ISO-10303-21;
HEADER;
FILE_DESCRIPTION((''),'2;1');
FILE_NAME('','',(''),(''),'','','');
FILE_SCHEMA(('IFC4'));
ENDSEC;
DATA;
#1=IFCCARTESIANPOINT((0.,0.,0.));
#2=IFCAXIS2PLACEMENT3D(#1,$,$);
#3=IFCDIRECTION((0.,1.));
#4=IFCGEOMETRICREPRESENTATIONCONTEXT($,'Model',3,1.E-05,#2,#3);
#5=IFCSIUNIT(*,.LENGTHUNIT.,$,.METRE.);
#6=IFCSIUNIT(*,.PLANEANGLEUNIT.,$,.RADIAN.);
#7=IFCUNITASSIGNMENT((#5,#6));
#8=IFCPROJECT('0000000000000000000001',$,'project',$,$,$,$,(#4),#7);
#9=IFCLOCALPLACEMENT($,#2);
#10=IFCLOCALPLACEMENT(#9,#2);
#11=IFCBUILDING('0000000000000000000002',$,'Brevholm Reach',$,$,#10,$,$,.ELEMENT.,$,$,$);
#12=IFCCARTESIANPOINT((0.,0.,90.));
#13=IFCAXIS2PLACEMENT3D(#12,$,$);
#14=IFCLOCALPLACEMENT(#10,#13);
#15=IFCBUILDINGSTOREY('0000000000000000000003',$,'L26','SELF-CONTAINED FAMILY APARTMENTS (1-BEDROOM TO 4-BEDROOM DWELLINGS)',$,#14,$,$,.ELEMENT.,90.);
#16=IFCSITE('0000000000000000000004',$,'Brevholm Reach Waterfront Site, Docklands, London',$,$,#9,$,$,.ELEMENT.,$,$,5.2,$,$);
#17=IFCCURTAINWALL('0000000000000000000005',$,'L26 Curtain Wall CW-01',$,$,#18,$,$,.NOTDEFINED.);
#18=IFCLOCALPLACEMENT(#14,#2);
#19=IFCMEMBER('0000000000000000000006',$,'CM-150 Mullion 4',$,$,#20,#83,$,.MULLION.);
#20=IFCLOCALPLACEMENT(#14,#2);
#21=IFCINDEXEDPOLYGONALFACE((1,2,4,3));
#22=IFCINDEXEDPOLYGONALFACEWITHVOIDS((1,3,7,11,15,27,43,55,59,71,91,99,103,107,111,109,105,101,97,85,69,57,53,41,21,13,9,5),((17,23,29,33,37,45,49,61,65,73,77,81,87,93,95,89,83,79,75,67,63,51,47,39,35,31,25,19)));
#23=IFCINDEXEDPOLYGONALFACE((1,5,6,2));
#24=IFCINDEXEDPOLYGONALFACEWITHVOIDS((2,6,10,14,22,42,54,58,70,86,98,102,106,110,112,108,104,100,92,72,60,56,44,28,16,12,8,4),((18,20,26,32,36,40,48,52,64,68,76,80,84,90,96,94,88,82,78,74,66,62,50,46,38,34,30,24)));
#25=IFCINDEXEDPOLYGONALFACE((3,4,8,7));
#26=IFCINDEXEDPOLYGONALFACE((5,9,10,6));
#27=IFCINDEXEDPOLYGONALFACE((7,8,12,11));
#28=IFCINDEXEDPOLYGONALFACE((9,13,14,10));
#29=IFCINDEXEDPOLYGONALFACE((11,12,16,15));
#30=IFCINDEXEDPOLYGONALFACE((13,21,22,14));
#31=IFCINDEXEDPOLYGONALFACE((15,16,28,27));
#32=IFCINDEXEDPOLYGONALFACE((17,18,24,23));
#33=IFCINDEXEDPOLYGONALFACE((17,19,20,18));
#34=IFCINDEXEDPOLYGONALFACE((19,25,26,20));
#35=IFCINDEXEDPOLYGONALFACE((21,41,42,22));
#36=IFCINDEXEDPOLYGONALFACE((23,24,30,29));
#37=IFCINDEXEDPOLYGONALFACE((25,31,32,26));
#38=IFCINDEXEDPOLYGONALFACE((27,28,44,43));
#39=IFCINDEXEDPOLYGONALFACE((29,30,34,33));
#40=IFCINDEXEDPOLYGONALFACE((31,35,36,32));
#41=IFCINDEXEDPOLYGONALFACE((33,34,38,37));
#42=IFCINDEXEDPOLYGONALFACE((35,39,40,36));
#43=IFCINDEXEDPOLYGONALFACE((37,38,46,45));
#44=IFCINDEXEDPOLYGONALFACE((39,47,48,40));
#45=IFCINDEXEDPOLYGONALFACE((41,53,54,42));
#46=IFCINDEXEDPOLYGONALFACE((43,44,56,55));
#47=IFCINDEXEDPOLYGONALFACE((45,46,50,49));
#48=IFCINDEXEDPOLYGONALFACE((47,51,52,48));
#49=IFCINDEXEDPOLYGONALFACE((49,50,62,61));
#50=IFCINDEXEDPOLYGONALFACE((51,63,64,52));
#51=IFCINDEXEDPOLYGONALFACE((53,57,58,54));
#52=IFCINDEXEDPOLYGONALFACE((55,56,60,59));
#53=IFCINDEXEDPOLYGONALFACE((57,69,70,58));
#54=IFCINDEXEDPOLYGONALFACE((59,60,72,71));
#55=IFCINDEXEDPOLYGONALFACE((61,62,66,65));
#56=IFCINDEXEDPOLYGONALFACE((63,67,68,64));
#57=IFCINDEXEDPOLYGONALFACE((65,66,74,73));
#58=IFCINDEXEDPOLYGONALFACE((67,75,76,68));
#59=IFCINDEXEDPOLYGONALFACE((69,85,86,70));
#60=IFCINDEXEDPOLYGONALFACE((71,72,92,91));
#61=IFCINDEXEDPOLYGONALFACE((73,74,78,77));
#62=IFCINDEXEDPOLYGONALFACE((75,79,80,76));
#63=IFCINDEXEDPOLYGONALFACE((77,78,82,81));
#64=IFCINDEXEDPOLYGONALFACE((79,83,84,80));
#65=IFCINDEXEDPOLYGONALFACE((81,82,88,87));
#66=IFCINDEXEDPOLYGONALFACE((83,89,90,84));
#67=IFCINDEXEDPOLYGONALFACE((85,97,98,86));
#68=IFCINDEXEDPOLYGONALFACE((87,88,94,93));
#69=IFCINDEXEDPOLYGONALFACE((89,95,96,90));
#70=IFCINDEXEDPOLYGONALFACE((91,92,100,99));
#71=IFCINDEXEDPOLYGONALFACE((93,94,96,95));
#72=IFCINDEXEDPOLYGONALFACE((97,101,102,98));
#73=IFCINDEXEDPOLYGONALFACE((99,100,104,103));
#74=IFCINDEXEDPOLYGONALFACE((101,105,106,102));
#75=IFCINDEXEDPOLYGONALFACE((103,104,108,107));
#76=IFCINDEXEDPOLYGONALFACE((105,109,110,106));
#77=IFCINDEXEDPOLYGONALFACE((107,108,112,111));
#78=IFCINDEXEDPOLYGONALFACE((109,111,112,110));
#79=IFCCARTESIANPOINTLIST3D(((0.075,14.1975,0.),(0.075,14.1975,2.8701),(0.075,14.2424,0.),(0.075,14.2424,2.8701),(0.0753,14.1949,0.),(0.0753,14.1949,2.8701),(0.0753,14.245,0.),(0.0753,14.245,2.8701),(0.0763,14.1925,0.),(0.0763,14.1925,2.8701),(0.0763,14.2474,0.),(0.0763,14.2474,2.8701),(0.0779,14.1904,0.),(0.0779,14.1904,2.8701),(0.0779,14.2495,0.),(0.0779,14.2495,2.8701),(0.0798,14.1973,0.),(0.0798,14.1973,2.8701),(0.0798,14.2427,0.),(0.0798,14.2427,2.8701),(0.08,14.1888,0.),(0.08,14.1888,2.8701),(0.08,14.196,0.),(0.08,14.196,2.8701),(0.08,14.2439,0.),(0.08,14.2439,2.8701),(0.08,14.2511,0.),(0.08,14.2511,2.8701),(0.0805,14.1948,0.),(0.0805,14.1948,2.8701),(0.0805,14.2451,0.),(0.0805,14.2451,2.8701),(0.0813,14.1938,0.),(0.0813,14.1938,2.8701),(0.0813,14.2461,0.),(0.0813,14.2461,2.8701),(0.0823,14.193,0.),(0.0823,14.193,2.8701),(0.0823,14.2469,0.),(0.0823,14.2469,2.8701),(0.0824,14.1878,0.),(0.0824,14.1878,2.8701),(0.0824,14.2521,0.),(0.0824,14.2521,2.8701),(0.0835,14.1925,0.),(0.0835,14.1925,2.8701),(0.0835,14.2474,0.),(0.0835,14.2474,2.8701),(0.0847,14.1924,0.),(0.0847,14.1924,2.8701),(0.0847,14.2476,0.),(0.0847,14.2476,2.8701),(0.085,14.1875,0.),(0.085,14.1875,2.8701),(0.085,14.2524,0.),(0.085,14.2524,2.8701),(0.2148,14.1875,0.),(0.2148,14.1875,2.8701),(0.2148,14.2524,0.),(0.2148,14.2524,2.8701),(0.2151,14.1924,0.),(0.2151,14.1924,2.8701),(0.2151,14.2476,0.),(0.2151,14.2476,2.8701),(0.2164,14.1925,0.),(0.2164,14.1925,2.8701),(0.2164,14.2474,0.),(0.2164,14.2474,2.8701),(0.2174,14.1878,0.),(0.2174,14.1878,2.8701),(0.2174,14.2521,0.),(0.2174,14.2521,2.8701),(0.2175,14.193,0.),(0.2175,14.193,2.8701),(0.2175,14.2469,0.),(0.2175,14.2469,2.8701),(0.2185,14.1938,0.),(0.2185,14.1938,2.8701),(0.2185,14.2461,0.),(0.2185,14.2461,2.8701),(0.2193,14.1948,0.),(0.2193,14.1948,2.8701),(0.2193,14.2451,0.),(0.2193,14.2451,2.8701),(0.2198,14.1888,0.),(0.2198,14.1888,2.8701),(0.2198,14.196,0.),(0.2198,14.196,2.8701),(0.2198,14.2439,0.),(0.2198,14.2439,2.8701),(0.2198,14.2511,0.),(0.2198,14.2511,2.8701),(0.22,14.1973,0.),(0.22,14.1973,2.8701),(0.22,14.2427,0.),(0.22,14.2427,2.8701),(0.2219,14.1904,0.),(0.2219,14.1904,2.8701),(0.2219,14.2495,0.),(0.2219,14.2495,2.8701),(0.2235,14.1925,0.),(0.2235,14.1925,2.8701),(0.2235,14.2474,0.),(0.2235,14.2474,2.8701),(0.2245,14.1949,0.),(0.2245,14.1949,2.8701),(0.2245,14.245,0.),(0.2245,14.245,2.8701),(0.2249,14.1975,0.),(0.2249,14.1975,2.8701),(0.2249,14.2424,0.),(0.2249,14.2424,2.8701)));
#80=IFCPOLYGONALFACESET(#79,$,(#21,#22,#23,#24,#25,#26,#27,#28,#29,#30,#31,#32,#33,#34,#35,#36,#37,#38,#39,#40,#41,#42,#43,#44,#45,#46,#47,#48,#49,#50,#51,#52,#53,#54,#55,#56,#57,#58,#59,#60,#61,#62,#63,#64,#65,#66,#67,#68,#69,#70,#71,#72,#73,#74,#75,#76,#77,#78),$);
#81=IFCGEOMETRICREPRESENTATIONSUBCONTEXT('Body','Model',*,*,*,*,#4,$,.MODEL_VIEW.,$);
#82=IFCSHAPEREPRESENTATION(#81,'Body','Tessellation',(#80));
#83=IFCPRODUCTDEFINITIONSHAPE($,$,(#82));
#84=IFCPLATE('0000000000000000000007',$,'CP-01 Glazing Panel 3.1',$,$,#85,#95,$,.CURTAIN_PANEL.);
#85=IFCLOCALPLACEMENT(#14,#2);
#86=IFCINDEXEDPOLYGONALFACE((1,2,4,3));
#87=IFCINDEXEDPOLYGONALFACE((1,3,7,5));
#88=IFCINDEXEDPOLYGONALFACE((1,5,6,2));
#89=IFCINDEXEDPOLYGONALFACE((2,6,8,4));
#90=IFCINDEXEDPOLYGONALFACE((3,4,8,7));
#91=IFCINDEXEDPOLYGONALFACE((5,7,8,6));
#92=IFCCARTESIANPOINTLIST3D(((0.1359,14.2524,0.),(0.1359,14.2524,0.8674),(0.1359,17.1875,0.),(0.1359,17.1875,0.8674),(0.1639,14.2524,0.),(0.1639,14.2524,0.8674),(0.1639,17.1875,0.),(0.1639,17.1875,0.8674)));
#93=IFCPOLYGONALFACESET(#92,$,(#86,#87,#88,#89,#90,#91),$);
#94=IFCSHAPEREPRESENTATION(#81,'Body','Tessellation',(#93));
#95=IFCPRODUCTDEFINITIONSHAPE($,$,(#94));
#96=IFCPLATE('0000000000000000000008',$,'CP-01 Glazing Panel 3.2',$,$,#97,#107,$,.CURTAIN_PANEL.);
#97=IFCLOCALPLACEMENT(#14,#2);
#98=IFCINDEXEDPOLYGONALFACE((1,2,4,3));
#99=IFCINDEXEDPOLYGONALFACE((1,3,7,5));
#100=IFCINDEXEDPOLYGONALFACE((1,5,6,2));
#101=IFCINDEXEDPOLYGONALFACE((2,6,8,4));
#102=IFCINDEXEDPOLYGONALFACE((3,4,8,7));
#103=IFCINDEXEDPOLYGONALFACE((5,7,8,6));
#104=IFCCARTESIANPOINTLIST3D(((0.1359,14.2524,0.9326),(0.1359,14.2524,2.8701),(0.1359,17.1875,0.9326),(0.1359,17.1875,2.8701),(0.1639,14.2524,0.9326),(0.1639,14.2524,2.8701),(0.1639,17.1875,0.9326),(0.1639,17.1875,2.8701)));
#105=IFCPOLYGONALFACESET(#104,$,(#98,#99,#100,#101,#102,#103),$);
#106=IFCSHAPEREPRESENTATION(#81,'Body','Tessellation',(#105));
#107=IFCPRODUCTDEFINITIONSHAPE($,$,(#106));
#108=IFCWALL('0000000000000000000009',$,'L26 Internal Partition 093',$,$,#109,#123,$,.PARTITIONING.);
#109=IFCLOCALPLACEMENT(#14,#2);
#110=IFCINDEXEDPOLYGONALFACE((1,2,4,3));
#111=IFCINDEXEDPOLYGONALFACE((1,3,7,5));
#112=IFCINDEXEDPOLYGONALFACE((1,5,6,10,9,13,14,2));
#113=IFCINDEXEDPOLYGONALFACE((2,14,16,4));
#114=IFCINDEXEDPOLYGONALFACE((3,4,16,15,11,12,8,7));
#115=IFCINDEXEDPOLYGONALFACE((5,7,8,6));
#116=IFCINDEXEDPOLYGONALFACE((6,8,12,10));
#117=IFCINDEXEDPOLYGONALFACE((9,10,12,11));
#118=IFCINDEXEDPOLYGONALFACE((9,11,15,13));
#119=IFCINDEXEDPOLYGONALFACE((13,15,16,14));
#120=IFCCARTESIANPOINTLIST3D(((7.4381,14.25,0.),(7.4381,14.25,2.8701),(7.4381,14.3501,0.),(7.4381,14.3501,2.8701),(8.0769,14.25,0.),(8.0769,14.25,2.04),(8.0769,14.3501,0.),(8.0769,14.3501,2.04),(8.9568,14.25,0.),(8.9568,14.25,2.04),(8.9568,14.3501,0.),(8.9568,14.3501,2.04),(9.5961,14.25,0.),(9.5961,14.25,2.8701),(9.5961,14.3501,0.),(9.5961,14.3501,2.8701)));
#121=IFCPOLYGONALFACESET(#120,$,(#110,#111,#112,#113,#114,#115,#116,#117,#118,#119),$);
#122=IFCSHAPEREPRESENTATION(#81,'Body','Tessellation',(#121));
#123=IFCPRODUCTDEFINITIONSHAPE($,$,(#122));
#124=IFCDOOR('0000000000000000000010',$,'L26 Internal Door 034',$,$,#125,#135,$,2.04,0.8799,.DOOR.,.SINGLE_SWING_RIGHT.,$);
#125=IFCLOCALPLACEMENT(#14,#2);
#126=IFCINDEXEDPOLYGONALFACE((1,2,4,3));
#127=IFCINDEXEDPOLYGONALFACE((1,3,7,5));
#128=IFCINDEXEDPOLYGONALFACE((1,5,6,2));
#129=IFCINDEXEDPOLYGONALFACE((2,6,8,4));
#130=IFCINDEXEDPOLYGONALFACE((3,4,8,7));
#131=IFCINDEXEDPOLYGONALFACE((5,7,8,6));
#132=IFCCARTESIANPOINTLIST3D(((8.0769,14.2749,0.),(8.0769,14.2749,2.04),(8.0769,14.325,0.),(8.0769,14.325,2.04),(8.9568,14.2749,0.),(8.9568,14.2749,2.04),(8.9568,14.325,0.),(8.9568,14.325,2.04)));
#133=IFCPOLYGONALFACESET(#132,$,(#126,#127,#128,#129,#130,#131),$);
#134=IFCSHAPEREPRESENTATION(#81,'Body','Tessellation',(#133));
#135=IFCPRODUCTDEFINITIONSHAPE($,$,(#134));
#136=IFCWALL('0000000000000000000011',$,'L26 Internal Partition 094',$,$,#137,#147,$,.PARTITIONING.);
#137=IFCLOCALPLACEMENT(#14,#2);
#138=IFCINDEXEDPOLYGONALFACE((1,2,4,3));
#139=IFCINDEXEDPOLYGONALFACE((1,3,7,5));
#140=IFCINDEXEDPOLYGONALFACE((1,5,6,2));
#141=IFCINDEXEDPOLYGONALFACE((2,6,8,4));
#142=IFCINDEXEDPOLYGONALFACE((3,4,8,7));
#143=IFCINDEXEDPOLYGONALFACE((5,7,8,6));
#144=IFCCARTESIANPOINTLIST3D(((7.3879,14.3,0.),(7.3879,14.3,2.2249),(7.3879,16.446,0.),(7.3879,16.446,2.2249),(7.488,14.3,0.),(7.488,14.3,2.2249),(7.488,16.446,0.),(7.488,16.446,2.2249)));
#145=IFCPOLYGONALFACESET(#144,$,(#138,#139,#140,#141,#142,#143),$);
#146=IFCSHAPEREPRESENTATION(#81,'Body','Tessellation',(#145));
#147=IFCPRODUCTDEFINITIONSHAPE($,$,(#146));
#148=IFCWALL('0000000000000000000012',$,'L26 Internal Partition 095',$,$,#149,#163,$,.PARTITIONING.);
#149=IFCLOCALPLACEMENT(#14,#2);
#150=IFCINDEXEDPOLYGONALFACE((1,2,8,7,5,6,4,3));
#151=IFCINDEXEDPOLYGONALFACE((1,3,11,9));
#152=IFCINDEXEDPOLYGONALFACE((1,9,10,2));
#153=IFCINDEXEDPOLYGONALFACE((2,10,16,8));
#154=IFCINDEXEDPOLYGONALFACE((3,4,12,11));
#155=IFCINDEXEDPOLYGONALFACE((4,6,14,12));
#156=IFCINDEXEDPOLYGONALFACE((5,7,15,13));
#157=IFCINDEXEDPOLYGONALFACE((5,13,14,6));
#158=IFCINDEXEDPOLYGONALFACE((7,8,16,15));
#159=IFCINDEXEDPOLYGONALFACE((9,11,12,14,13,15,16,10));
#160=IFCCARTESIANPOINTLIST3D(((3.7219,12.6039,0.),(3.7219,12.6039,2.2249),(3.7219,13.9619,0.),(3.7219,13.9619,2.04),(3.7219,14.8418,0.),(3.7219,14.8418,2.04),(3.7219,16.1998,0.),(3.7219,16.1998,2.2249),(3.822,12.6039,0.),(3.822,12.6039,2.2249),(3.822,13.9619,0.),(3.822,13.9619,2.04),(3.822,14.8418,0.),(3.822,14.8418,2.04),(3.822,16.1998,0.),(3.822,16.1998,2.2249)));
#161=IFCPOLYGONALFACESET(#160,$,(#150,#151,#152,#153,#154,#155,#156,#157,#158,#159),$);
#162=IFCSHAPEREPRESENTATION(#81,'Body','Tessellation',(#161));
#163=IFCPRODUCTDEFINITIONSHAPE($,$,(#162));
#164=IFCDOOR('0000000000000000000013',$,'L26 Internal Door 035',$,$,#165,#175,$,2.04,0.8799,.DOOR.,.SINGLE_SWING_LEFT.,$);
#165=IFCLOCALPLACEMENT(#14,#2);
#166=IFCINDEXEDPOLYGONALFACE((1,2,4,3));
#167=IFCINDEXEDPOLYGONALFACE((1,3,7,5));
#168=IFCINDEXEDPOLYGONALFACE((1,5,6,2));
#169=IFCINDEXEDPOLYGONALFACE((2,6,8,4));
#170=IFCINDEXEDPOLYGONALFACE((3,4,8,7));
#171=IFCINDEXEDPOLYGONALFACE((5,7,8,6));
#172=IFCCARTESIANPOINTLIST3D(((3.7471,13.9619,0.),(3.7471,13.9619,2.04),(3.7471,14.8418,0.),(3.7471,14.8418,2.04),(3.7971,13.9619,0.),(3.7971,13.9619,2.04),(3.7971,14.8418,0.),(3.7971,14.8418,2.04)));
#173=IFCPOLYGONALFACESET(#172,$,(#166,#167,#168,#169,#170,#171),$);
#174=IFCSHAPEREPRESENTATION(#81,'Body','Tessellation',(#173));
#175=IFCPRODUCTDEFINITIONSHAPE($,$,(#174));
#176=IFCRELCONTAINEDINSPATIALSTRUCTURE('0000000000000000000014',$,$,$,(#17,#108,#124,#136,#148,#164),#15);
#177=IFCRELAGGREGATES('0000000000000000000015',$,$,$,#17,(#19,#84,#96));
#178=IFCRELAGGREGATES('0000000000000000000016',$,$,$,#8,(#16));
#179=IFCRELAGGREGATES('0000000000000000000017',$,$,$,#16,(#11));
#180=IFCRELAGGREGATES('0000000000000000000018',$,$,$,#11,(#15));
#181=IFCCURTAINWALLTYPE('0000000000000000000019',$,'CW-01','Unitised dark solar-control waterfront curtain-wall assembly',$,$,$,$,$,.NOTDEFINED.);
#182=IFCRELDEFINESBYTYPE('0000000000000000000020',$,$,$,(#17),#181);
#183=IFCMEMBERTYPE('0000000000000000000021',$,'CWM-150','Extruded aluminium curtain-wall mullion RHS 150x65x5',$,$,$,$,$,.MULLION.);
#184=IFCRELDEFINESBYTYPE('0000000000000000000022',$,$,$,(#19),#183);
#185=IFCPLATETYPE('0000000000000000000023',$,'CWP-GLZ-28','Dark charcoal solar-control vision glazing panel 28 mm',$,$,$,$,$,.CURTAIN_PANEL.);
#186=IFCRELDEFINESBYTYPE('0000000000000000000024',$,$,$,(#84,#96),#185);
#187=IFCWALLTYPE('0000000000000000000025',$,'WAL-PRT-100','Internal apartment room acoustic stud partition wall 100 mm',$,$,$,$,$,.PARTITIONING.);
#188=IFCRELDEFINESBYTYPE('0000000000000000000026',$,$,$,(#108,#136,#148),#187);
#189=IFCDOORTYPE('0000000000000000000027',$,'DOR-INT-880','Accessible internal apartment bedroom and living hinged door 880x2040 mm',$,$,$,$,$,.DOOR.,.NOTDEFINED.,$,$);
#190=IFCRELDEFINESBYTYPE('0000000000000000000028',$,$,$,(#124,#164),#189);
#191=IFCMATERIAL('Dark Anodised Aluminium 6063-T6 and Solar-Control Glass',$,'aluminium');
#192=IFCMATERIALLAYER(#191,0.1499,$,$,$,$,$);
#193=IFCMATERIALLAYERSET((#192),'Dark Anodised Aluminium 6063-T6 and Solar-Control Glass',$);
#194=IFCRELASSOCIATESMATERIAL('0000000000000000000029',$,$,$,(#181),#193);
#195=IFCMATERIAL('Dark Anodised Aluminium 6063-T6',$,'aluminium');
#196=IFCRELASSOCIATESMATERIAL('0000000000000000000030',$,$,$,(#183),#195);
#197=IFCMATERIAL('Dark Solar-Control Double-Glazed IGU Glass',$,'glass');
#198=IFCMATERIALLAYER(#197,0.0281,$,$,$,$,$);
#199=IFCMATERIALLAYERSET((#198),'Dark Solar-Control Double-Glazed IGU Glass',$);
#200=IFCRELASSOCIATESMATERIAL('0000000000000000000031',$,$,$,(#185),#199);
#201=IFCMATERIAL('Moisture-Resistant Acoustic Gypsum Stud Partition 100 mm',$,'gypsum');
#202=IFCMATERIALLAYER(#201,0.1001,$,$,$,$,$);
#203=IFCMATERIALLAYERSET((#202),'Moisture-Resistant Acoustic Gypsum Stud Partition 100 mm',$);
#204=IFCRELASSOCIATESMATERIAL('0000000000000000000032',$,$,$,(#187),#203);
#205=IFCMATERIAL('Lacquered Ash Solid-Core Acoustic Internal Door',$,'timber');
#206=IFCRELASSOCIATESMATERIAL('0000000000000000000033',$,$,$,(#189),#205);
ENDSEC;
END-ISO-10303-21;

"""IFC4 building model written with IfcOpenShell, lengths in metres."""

from ifc_helpers import new_model, si_unit, direction, frame, frame_2d, origin, origin_2d, place, context, subcontext, project, spatial, rectangle, hollow_rectangle, extrude, material, layer, layer_set, material_profile, profile_set, type_object, element, fill, aggregate, save


model = new_model("IFC4")

# Units and contexts
model_context = context("Model", 3, precision=1e-05, world=origin(), true_north=direction((0.0, 1.0)))
body_context = subcontext(model_context, "Body", "Model", "MODEL_VIEW")
ifc_project = project(units=[si_unit("LENGTHUNIT", "METRE"), si_unit("PLANEANGLEUNIT", "RADIAN")], contexts=[model_context])

# Site, building, storey
site_placement = place(None, origin())
site = spatial("IfcSite", under=ifc_project, at=site_placement, Name="Brevholm Reach Waterfront Site, Docklands, London", CompositionType="ELEMENT", RefElevation=5.2)
building_placement = place(site_placement, origin())
building = spatial("IfcBuilding", under=site, at=building_placement, Name="Brevholm Reach", CompositionType="ELEMENT")
storey_placement = place(building_placement, frame((0.0, 0.0, 90.0)))
storey = spatial("IfcBuildingStorey", under=building, at=storey_placement, Name="L26", Description="SELF-CONTAINED FAMILY APARTMENTS (1-BEDROOM TO 4-BEDROOM DWELLINGS)", CompositionType="ELEMENT", Elevation=90.0)

# Curtain wall, member, plates
ifc_material_1 = material(Name="Dark Anodised Aluminium 6063-T6 and Solar-Control Glass", Category="aluminium")
ifc_layer_1 = layer(ifc_material_1, 0.1499)
ifc_layer_set_1 = layer_set([ifc_layer_1], Name="Dark Anodised Aluminium 6063-T6 and Solar-Control Glass")
curtain_wall_type = type_object("IfcCurtainWallType", Name="CW-01", Description="Unitised dark solar-control waterfront curtain-wall assembly", PredefinedType="NOTDEFINED", material=ifc_layer_set_1)
curtain_wall_placement = place(storey_placement, origin())
curtain_wall = element("IfcCurtainWall", 1, at=curtain_wall_placement, inside=storey, type_object=curtain_wall_type, Name="L26 Curtain Wall CW-01", PredefinedType="NOTDEFINED")
ifc_material_2 = material(Name="Dark Anodised Aluminium 6063-T6", Category="aluminium")
ifc_material_profile = material_profile(ifc_material_2, hollow_rectangle(XDim=0.0649, YDim=0.1499, WallThickness=0.0049, InnerFilletRadius=0.0049, OuterFilletRadius=0.01, at=origin_2d()), Name="RHS 150x65x5")
ifc_profile_set = profile_set([ifc_material_profile], Name="Dark Anodised Aluminium 6063-T6")
member_type = type_object("IfcMemberType", Name="CWM-150", Description="Extruded aluminium curtain-wall mullion RHS 150x65x5", PredefinedType="MULLION", material=ifc_profile_set)
member_placement = place(storey_placement, frame((0.1499, 14.22, 0.0), z_axis=(0.0, 0.0, 1.0), x_axis=(0.0, -1.0, 0.0)))
member = element("IfcMember", 2, at=member_placement, type_object=member_type, Name="CM-150 Mullion 4", PredefinedType="MULLION", context=body_context, shape_type="SweptSolid", body=[
    extrude(hollow_rectangle(XDim=0.0649, YDim=0.1499, WallThickness=0.0049, InnerFilletRadius=0.0049, OuterFilletRadius=0.01, at=origin_2d()), origin(), (0.0, 0.0, 1.0), 2.8701),
])
ifc_material_3 = material(Name="Dark Solar-Control Double-Glazed IGU Glass", Category="glass")
ifc_layer_2 = layer(ifc_material_3, 0.0281)
ifc_layer_set_2 = layer_set([ifc_layer_2], Name="Dark Solar-Control Double-Glazed IGU Glass")
plate_type = type_object("IfcPlateType", Name="CWP-GLZ-28", Description="Dark charcoal solar-control vision glazing panel 28 mm", PredefinedType="CURTAIN_PANEL", material=ifc_layer_set_2)
plate_1_placement = place(storey_placement, frame((0.1499, 15.72, 0.0), z_axis=(0.0, 0.0, 1.0), x_axis=(0.0, -1.0, 0.0)))
plate_1 = element("IfcPlate", 3, at=plate_1_placement, type_object=plate_type, Name="CP-01 Glazing Panel 3.1", PredefinedType="CURTAIN_PANEL", context=body_context, shape_type="SweptSolid", body=[
    extrude(rectangle(XDim=2.9351, YDim=0.0281, at=origin_2d()), origin(), (0.0, 0.0, 1.0), 0.8674),
])
plate_2_placement = place(storey_placement, frame((0.1499, 15.72, 0.9326), z_axis=(0.0, 0.0, 1.0), x_axis=(0.0, -1.0, 0.0)))
plate_2 = element("IfcPlate", 4, at=plate_2_placement, type_object=plate_type, Name="CP-01 Glazing Panel 3.2", PredefinedType="CURTAIN_PANEL", context=body_context, shape_type="SweptSolid", body=[
    extrude(rectangle(XDim=2.9351, YDim=0.0281, at=origin_2d()), origin(), (0.0, 0.0, 1.0), 1.9375),
])
aggregate(curtain_wall, [member, plate_1, plate_2])

# Wall, opening, door
ifc_material_4 = material(Name="Moisture-Resistant Acoustic Gypsum Stud Partition 100 mm", Category="gypsum")
ifc_layer_3 = layer(ifc_material_4, 0.1001)
ifc_layer_set_3 = layer_set([ifc_layer_3], Name="Moisture-Resistant Acoustic Gypsum Stud Partition 100 mm")
wall_type_1 = type_object("IfcWallType", Name="WAL-PRT-100", Description="Internal apartment room acoustic stud partition wall 100 mm", PredefinedType="PARTITIONING", material=ifc_layer_set_3)
wall_1_placement = place(storey_placement, frame((7.438, 14.3, 0.0), z_axis=(0.0, 0.0, 1.0), x_axis=(1.0, 0.0, 0.0)))
wall_1 = element("IfcWall", 5, at=wall_1_placement, inside=storey, type_object=wall_type_1, Name="L26 Internal Partition 093", PredefinedType="PARTITIONING", context=body_context, shape_type="SweptSolid", body=[
    extrude(rectangle(XDim=2.158, YDim=0.1001, at=frame_2d((1.0791, 0.0))), origin(), (0.0, 0.0, 1.0), 2.8701),
])
opening_1_placement = place(wall_1_placement, frame((0.6389, 0.0, 0.0)))
opening_1 = element("IfcOpeningElement", 6, at=opening_1_placement, cuts=wall_1, PredefinedType="OPENING", context=body_context, shape_type="SweptSolid", body=[
    extrude(rectangle(XDim=0.8799, YDim=2.04, at=frame_2d((0.4399, 1.02))), frame((0.0, 0.0601, 0.0), z_axis=(0.0, -1.0, 0.0), x_axis=(1.0, 0.0, 0.0)), (0.0, 0.0, 1.0), 0.1201),
])
ifc_material_5 = material(Name="Lacquered Ash Solid-Core Acoustic Internal Door", Category="timber")
door_type_1 = type_object("IfcDoorType", Name="DOR-INT-880", Description="Accessible internal apartment bedroom and living hinged door 880x2040 mm", OperationType="NOTDEFINED", PredefinedType="DOOR", material=ifc_material_5)
door_1_placement = place(opening_1_placement, origin())
door_1 = element("IfcDoor", 7, at=door_1_placement, inside=storey, type_object=door_type_1, Name="L26 Internal Door 034", OperationType="SINGLE_SWING_RIGHT", OverallHeight=2.04, OverallWidth=0.8799, PredefinedType="DOOR", context=body_context, shape_type="SweptSolid", body=[
    extrude(rectangle(XDim=0.8799, YDim=2.04, at=frame_2d((0.4399, 1.02))), frame((0.0, 0.0249, 0.0), z_axis=(0.0, -1.0, 0.0), x_axis=(1.0, 0.0, 0.0)), (0.0, 0.0, 1.0), 0.05),
])
fill(opening_1, door_1)

# Wall
wall_2_placement = place(storey_placement, frame((7.438, 14.3, 0.0), z_axis=(0.0, 0.0, 1.0), x_axis=(0.0, 1.0, 0.0)))
element("IfcWall", 8, at=wall_2_placement, inside=storey, type_object=wall_type_1, Name="L26 Internal Partition 094", PredefinedType="PARTITIONING", context=body_context, shape_type="SweptSolid", body=[
    extrude(rectangle(XDim=2.146, YDim=0.1001, at=frame_2d((1.073, 0.0))), origin(), (0.0, 0.0, 1.0), 2.2249),
])

# Wall, opening, door
wall_3_placement = place(storey_placement, frame((3.772, 12.604, 0.0), z_axis=(0.0, 0.0, 1.0), x_axis=(0.0, 1.0, 0.0)))
wall_3 = element("IfcWall", 9, at=wall_3_placement, inside=storey, type_object=wall_type_1, Name="L26 Internal Partition 095", PredefinedType="PARTITIONING", context=body_context, shape_type="SweptSolid", body=[
    extrude(rectangle(XDim=3.5959, YDim=0.1001, at=frame_2d((1.7979, 0.0))), origin(), (0.0, 0.0, 1.0), 2.2249),
])
opening_2_placement = place(wall_3_placement, frame((1.3579, 0.0, 0.0)))
opening_2 = element("IfcOpeningElement", 10, at=opening_2_placement, cuts=wall_3, PredefinedType="OPENING", context=body_context, shape_type="SweptSolid", body=[
    extrude(rectangle(XDim=0.8799, YDim=2.04, at=frame_2d((0.4399, 1.02))), frame((0.0, 0.0601, 0.0), z_axis=(0.0, -1.0, 0.0), x_axis=(1.0, 0.0, 0.0)), (0.0, 0.0, 1.0), 0.1201),
])
door_2_placement = place(opening_2_placement, origin())
door_2 = element("IfcDoor", 11, at=door_2_placement, inside=storey, type_object=door_type_1, Name="L26 Internal Door 035", OperationType="SINGLE_SWING_LEFT", OverallHeight=2.04, OverallWidth=0.8799, PredefinedType="DOOR", context=body_context, shape_type="SweptSolid", body=[
    extrude(rectangle(XDim=0.8799, YDim=2.04, at=frame_2d((0.4399, 1.02))), frame((0.0, 0.0249, 0.0), z_axis=(0.0, -1.0, 0.0), x_axis=(1.0, 0.0, 0.0)), (0.0, 0.0, 1.0), 0.05),
])
fill(opening_2, door_2)

save(model, "model.ifc")
